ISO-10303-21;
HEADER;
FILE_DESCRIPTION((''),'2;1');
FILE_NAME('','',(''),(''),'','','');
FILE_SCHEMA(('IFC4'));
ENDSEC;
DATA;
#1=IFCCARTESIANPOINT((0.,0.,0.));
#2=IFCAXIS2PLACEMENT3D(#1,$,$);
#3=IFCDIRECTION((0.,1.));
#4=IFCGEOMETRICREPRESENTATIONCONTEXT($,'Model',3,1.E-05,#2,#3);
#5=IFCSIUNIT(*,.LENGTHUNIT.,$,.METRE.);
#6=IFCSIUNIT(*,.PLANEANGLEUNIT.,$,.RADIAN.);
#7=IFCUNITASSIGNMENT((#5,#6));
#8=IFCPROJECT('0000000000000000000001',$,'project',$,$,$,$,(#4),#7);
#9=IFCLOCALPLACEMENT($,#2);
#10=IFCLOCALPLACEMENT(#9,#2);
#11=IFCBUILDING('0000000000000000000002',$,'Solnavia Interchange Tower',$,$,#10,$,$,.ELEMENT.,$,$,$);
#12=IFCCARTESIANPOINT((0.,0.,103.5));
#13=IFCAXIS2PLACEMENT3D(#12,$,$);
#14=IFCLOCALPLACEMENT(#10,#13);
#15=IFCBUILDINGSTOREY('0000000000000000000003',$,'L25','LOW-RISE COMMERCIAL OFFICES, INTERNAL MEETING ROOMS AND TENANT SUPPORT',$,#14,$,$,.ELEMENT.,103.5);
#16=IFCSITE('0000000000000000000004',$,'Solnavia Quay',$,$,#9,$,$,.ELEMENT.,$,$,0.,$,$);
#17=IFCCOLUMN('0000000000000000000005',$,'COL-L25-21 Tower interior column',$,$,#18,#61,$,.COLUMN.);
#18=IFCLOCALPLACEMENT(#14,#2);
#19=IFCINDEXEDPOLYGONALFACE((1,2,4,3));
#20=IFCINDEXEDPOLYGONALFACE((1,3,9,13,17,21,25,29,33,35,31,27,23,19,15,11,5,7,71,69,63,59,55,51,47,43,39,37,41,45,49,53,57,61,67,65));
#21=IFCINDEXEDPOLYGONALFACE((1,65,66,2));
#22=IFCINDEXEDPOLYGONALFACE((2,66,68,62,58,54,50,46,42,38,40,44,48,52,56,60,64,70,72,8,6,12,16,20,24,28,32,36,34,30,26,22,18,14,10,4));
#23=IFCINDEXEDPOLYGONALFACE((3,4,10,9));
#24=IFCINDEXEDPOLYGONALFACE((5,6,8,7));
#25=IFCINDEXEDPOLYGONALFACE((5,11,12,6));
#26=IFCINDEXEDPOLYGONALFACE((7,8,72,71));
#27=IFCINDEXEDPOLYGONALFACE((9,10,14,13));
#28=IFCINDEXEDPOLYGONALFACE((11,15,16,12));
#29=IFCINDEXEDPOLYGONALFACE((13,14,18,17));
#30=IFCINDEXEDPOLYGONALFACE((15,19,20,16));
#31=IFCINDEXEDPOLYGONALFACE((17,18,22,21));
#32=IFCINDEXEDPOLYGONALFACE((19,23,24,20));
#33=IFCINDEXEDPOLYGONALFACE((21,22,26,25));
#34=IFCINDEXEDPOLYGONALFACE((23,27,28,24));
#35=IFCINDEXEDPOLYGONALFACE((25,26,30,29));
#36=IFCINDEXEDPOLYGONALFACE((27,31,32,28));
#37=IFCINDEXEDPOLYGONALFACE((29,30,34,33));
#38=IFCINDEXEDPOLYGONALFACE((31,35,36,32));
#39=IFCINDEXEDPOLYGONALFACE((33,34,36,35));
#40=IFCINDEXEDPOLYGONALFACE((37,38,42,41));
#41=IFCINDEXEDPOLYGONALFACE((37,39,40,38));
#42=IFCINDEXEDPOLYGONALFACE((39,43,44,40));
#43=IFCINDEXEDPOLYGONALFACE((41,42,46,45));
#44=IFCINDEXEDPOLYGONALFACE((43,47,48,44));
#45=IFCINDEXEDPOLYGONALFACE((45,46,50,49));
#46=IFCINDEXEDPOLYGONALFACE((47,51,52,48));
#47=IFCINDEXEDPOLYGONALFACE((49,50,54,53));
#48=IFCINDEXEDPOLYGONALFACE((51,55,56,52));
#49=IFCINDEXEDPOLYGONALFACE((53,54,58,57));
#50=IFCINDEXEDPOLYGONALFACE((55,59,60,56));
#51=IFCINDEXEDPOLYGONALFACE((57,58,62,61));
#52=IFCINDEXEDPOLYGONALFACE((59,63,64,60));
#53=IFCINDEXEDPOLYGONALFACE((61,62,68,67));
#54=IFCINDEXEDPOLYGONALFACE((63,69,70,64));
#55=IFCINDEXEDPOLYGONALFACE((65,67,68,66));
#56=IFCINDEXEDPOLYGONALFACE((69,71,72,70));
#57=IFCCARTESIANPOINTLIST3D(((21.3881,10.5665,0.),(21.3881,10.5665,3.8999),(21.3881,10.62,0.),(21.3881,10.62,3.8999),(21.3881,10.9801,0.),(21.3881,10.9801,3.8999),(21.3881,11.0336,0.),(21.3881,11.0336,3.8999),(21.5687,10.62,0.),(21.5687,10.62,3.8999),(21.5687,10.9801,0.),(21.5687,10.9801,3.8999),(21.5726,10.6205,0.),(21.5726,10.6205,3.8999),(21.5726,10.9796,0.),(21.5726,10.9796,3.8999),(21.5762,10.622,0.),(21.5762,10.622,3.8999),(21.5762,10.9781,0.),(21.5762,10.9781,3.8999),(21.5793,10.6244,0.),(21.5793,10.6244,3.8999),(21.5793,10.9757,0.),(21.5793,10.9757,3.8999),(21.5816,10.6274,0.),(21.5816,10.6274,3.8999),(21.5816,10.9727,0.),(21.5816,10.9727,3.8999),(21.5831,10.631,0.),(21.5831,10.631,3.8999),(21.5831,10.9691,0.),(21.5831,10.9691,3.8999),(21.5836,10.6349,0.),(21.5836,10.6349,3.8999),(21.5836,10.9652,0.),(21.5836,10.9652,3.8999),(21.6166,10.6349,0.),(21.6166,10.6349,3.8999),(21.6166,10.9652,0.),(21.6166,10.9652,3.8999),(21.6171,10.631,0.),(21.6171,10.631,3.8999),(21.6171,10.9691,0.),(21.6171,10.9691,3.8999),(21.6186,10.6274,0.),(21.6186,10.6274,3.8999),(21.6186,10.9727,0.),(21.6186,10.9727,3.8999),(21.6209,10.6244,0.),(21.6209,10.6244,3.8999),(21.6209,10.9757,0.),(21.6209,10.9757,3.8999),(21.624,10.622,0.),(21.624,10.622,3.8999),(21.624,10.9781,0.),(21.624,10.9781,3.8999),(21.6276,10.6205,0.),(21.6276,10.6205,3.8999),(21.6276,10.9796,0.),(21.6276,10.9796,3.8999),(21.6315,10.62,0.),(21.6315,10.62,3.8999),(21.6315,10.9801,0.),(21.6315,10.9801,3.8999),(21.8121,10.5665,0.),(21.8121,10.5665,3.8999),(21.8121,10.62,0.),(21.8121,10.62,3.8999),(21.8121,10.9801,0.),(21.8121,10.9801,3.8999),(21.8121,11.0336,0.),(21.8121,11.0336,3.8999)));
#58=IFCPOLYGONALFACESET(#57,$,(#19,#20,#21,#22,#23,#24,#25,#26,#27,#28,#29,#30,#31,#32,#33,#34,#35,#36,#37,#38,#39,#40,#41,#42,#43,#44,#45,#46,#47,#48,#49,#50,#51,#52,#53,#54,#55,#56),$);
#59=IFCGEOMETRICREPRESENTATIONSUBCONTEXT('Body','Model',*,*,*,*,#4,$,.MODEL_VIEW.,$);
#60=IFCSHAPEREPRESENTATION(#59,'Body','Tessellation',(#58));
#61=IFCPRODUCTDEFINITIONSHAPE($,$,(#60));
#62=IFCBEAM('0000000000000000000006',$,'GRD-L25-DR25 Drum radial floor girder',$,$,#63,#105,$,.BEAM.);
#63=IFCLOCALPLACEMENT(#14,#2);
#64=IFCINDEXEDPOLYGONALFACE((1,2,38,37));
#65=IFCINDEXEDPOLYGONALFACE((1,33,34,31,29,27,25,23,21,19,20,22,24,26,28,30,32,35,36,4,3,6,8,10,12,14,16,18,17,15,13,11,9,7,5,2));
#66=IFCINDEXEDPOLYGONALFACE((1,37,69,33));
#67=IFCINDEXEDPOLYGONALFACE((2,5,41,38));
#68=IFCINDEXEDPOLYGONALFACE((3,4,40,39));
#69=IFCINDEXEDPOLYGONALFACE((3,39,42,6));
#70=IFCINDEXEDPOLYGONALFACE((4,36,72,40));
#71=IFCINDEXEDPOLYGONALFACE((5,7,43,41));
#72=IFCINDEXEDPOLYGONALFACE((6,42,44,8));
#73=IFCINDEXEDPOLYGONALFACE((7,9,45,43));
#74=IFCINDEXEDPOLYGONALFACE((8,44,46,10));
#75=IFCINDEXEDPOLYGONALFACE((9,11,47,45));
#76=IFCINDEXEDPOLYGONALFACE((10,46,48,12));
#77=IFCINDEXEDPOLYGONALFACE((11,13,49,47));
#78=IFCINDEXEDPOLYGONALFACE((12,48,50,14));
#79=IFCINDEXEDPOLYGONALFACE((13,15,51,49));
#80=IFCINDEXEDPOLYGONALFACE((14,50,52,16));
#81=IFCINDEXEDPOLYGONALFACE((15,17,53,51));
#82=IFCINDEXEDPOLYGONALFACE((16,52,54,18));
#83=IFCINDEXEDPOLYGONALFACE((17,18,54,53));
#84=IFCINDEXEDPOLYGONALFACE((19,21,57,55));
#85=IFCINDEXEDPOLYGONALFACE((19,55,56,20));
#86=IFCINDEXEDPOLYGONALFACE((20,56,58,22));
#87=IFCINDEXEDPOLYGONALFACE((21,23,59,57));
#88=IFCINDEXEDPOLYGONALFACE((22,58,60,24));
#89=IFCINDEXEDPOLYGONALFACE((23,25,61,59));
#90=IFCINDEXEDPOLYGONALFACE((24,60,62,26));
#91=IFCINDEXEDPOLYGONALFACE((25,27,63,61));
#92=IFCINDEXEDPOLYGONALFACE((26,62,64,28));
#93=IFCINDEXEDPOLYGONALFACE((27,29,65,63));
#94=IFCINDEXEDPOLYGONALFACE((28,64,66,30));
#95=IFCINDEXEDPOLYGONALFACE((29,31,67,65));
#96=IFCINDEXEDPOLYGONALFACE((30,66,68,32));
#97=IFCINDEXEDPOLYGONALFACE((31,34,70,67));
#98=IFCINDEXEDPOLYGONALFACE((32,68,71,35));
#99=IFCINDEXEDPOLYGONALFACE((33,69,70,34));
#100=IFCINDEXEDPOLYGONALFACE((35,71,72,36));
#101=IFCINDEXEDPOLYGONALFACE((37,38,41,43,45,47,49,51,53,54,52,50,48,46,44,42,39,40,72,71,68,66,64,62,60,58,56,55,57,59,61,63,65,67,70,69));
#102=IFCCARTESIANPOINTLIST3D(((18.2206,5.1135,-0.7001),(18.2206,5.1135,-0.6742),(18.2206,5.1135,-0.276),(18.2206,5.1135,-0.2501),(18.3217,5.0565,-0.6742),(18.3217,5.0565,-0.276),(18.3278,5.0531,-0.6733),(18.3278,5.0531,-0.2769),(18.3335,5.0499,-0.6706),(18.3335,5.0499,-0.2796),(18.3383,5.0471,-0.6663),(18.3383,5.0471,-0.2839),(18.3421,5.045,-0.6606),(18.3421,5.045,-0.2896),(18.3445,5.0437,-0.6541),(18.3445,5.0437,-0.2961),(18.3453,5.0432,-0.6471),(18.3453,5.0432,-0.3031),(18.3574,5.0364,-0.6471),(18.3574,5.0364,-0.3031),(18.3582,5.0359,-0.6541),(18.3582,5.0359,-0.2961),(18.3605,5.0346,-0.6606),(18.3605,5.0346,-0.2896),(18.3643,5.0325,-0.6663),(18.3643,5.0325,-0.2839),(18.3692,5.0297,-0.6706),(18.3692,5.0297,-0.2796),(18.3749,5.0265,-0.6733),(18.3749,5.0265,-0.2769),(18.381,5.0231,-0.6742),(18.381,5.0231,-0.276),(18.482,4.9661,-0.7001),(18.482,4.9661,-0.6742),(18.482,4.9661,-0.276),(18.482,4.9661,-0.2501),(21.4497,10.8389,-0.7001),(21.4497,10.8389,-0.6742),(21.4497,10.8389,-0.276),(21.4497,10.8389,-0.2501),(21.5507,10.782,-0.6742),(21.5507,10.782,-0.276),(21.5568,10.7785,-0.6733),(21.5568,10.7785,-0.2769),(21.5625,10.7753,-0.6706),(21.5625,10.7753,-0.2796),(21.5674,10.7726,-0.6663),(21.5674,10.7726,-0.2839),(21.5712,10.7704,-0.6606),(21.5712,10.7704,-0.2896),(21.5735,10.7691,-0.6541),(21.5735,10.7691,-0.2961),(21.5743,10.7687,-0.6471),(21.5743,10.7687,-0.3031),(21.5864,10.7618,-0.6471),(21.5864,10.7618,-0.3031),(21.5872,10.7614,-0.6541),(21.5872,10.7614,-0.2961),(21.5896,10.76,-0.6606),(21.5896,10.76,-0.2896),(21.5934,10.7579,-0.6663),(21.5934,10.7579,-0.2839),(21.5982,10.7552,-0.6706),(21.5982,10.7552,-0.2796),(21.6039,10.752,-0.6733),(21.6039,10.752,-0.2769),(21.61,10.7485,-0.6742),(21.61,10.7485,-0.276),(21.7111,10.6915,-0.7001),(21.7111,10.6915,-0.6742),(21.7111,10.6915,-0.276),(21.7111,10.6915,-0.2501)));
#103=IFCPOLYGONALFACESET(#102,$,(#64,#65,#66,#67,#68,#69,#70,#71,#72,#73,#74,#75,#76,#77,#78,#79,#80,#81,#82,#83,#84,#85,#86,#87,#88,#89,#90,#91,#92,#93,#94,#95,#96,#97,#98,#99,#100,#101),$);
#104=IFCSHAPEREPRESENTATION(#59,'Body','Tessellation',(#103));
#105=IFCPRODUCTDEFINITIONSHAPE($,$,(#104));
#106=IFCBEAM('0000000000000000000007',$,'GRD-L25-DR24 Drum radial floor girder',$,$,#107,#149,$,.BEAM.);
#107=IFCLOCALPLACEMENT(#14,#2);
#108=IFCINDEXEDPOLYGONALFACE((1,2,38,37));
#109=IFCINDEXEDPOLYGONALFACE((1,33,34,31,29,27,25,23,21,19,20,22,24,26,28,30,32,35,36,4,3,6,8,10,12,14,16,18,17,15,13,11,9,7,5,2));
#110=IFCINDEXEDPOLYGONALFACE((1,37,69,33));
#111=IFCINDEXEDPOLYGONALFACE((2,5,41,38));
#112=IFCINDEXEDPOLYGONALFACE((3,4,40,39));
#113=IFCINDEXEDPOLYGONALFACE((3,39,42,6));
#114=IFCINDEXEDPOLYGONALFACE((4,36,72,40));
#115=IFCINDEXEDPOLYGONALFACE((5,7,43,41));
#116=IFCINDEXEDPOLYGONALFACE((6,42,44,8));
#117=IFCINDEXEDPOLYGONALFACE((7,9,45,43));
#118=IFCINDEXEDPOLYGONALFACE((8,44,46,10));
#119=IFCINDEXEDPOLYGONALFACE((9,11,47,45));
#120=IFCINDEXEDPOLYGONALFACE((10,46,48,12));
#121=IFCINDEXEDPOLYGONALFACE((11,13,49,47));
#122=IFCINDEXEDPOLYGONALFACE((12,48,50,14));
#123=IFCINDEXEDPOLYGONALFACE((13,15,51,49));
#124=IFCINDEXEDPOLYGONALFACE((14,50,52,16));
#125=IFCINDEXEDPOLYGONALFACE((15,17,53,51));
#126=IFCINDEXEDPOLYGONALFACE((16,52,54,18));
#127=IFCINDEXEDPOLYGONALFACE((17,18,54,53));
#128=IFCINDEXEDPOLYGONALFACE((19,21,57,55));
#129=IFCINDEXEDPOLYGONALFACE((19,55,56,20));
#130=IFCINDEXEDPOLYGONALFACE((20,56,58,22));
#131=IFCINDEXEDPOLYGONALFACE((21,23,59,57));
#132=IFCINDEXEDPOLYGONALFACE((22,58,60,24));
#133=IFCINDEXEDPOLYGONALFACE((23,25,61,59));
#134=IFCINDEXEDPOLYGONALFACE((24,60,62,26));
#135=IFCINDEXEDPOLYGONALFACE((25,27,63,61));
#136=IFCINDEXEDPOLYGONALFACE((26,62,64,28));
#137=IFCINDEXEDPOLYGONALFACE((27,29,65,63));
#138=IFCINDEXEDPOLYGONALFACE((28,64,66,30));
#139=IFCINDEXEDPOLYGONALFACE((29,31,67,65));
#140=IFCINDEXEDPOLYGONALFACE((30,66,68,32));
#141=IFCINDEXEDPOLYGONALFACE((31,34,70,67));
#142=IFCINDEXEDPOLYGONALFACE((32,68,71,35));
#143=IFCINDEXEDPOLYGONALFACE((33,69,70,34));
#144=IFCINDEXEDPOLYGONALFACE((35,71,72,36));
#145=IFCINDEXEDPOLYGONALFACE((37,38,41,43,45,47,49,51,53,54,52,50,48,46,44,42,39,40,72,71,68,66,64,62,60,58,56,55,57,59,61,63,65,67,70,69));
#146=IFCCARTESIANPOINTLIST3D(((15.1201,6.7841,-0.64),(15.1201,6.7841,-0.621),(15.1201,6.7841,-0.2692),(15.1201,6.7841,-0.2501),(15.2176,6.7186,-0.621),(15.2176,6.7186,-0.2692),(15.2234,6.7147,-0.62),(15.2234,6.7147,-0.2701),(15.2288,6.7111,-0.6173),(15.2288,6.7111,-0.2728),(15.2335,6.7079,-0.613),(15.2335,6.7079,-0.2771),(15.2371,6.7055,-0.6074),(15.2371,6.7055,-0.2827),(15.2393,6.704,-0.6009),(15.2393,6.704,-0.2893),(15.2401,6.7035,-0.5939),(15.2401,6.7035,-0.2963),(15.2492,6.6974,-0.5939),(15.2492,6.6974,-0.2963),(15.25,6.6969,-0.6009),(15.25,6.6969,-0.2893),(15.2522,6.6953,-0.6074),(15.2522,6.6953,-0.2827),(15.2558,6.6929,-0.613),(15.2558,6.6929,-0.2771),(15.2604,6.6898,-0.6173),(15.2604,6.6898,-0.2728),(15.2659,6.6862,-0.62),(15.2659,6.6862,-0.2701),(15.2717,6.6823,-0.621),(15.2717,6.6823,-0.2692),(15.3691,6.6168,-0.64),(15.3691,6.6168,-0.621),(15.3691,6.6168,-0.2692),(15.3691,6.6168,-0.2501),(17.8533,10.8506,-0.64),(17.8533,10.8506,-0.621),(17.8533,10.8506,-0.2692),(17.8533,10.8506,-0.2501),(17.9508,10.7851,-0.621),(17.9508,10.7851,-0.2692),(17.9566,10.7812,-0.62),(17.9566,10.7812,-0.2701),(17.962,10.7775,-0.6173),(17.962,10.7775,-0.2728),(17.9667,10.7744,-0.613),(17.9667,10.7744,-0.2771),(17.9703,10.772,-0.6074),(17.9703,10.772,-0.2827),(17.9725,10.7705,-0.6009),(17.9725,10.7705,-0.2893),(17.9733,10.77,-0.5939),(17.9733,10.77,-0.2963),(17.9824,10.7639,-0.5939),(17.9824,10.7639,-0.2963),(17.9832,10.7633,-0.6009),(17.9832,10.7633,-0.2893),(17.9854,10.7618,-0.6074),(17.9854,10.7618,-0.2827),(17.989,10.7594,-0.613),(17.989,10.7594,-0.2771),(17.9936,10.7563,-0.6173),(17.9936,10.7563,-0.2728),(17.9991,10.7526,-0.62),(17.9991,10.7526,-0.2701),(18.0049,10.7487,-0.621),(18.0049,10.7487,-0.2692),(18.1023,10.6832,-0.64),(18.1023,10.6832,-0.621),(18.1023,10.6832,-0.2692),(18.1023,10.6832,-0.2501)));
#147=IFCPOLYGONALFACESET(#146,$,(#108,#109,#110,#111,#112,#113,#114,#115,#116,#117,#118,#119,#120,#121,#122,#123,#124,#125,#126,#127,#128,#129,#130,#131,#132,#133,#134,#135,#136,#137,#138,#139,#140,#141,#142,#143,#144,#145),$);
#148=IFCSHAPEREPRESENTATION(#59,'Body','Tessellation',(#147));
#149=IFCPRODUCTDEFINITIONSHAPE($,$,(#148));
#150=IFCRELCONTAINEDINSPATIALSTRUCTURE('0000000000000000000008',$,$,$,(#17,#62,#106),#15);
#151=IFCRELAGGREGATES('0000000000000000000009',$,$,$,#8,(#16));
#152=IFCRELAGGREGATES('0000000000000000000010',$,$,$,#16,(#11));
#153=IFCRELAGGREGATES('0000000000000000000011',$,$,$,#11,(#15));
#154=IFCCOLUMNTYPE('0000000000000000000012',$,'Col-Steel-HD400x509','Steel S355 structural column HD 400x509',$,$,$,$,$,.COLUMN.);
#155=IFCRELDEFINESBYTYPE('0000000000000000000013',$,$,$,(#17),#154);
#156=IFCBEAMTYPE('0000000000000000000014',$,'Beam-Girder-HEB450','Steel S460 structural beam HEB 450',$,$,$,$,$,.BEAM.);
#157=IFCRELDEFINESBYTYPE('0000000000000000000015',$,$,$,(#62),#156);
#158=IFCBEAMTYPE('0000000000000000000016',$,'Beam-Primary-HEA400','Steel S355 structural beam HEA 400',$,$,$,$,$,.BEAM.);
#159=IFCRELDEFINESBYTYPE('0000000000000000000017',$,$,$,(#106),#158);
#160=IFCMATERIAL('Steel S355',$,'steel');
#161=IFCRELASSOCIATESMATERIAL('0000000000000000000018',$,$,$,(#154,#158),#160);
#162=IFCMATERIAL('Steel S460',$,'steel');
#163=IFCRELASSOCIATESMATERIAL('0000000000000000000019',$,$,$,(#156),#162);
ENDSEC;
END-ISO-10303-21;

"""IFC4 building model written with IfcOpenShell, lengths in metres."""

from ifc_helpers import new_model, si_unit, direction, frame, origin, origin_2d, place, context, subcontext, project, spatial, i_section, extrude, material, material_profile, profile_set, type_object, element, save


model = new_model("IFC4")

# Units and contexts
model_context = context("Model", 3, precision=1e-05, world=origin(), true_north=direction((0.0, 1.0)))
body_context = subcontext(model_context, "Body", "Model", "MODEL_VIEW")
ifc_project = project(units=[si_unit("LENGTHUNIT", "METRE"), si_unit("PLANEANGLEUNIT", "RADIAN")], contexts=[model_context])

# Site, building, storey
site_placement = place(None, origin())
site = spatial("IfcSite", under=ifc_project, at=site_placement, Name="Solnavia Quay", CompositionType="ELEMENT", RefElevation=0.0)
building_placement = place(site_placement, origin())
building = spatial("IfcBuilding", under=site, at=building_placement, Name="Solnavia Interchange Tower", CompositionType="ELEMENT")
storey_placement = place(building_placement, frame((0.0, 0.0, 103.5)))
storey = spatial("IfcBuildingStorey", under=building, at=storey_placement, Name="L25", Description="LOW-RISE COMMERCIAL OFFICES, INTERNAL MEETING ROOMS AND TENANT SUPPORT", CompositionType="ELEMENT", Elevation=103.5)

# Column
ifc_material_1 = material(Name="Steel S355", Category="steel")
ifc_material_profile_1 = material_profile(ifc_material_1, i_section(OverallWidth=0.4241, OverallDepth=0.467, WebThickness=0.033, FlangeThickness=0.0535, FilletRadius=0.0149, at=origin_2d()), Name="HD 400x509")
ifc_profile_set_1 = profile_set([ifc_material_profile_1], Name="Steel S355")
column_type_1 = type_object("IfcColumnType", Name="Col-Steel-HD400x509", Description="Steel S355 structural column HD 400x509", PredefinedType="COLUMN", material=ifc_profile_set_1)
column_placement = place(storey_placement, frame((21.6001, 10.8, 0.0), z_axis=(0.0, 0.0, 1.0), x_axis=(1.0, 0.0, 0.0)))
element("IfcColumn", 1, at=column_placement, inside=storey, type_object=column_type_1, Name="COL-L25-21 Tower interior column", PredefinedType="COLUMN", context=body_context, shape_type="SweptSolid", body=[
    extrude(i_section(OverallWidth=0.4241, OverallDepth=0.467, WebThickness=0.033, FlangeThickness=0.0535, FilletRadius=0.0149, at=origin_2d()), origin(), (0.0, 0.0, 1.0), 3.8999),
])

# Beams
ifc_material_2 = material(Name="Steel S460", Category="steel")
ifc_material_profile_2 = material_profile(ifc_material_2, i_section(OverallWidth=0.3, OverallDepth=0.45, WebThickness=0.0139, FlangeThickness=0.0259, FilletRadius=0.0271, at=origin_2d()), Name="HEB 450")
ifc_profile_set_2 = profile_set([ifc_material_profile_2], Name="Steel S460")
beam_type_1 = type_object("IfcBeamType", Name="Beam-Girder-HEB450", Description="Steel S460 structural beam HEB 450", PredefinedType="BEAM", material=ifc_profile_set_2)
beam_1_placement = place(storey_placement, frame((18.3513, 5.0398, -0.4751), z_axis=(0.491243, 0.871022, 0.0), x_axis=(-0.871022, 0.491243, 0.0)))
element("IfcBeam", 2, at=beam_1_placement, inside=storey, type_object=beam_type_1, Name="GRD-L25-DR25 Drum radial floor girder", PredefinedType="BEAM", context=body_context, shape_type="SweptSolid", body=[
    extrude(i_section(OverallWidth=0.3, OverallDepth=0.45, WebThickness=0.0139, FlangeThickness=0.0259, FilletRadius=0.0271, at=origin_2d()), origin(), (0.0, 0.0, 1.0), 6.5732),
])
ifc_material_profile_3 = material_profile(ifc_material_1, i_section(OverallWidth=0.3, OverallDepth=0.3899, WebThickness=0.011, FlangeThickness=0.019, FilletRadius=0.0271, at=origin_2d()), Name="HEA 400")
ifc_profile_set_3 = profile_set([ifc_material_profile_3], Name="Steel S355")
beam_type_2 = type_object("IfcBeamType", Name="Beam-Primary-HEA400", Description="Steel S355 structural beam HEA 400", PredefinedType="BEAM", material=ifc_profile_set_3)
beam_2_placement = place(storey_placement, frame((15.2446, 6.7004, -0.4451), z_axis=(0.557835, 0.829952, 0.0), x_axis=(-0.829952, 0.557835, 0.0)))
element("IfcBeam", 3, at=beam_2_placement, inside=storey, type_object=beam_type_2, Name="GRD-L25-DR24 Drum radial floor girder", PredefinedType="BEAM", context=body_context, shape_type="SweptSolid", body=[
    extrude(i_section(OverallWidth=0.3, OverallDepth=0.3899, WebThickness=0.011, FlangeThickness=0.019, FilletRadius=0.0271, at=origin_2d()), origin(), (0.0, 0.0, 1.0), 4.8997),
])

save(model, "model.ifc")
